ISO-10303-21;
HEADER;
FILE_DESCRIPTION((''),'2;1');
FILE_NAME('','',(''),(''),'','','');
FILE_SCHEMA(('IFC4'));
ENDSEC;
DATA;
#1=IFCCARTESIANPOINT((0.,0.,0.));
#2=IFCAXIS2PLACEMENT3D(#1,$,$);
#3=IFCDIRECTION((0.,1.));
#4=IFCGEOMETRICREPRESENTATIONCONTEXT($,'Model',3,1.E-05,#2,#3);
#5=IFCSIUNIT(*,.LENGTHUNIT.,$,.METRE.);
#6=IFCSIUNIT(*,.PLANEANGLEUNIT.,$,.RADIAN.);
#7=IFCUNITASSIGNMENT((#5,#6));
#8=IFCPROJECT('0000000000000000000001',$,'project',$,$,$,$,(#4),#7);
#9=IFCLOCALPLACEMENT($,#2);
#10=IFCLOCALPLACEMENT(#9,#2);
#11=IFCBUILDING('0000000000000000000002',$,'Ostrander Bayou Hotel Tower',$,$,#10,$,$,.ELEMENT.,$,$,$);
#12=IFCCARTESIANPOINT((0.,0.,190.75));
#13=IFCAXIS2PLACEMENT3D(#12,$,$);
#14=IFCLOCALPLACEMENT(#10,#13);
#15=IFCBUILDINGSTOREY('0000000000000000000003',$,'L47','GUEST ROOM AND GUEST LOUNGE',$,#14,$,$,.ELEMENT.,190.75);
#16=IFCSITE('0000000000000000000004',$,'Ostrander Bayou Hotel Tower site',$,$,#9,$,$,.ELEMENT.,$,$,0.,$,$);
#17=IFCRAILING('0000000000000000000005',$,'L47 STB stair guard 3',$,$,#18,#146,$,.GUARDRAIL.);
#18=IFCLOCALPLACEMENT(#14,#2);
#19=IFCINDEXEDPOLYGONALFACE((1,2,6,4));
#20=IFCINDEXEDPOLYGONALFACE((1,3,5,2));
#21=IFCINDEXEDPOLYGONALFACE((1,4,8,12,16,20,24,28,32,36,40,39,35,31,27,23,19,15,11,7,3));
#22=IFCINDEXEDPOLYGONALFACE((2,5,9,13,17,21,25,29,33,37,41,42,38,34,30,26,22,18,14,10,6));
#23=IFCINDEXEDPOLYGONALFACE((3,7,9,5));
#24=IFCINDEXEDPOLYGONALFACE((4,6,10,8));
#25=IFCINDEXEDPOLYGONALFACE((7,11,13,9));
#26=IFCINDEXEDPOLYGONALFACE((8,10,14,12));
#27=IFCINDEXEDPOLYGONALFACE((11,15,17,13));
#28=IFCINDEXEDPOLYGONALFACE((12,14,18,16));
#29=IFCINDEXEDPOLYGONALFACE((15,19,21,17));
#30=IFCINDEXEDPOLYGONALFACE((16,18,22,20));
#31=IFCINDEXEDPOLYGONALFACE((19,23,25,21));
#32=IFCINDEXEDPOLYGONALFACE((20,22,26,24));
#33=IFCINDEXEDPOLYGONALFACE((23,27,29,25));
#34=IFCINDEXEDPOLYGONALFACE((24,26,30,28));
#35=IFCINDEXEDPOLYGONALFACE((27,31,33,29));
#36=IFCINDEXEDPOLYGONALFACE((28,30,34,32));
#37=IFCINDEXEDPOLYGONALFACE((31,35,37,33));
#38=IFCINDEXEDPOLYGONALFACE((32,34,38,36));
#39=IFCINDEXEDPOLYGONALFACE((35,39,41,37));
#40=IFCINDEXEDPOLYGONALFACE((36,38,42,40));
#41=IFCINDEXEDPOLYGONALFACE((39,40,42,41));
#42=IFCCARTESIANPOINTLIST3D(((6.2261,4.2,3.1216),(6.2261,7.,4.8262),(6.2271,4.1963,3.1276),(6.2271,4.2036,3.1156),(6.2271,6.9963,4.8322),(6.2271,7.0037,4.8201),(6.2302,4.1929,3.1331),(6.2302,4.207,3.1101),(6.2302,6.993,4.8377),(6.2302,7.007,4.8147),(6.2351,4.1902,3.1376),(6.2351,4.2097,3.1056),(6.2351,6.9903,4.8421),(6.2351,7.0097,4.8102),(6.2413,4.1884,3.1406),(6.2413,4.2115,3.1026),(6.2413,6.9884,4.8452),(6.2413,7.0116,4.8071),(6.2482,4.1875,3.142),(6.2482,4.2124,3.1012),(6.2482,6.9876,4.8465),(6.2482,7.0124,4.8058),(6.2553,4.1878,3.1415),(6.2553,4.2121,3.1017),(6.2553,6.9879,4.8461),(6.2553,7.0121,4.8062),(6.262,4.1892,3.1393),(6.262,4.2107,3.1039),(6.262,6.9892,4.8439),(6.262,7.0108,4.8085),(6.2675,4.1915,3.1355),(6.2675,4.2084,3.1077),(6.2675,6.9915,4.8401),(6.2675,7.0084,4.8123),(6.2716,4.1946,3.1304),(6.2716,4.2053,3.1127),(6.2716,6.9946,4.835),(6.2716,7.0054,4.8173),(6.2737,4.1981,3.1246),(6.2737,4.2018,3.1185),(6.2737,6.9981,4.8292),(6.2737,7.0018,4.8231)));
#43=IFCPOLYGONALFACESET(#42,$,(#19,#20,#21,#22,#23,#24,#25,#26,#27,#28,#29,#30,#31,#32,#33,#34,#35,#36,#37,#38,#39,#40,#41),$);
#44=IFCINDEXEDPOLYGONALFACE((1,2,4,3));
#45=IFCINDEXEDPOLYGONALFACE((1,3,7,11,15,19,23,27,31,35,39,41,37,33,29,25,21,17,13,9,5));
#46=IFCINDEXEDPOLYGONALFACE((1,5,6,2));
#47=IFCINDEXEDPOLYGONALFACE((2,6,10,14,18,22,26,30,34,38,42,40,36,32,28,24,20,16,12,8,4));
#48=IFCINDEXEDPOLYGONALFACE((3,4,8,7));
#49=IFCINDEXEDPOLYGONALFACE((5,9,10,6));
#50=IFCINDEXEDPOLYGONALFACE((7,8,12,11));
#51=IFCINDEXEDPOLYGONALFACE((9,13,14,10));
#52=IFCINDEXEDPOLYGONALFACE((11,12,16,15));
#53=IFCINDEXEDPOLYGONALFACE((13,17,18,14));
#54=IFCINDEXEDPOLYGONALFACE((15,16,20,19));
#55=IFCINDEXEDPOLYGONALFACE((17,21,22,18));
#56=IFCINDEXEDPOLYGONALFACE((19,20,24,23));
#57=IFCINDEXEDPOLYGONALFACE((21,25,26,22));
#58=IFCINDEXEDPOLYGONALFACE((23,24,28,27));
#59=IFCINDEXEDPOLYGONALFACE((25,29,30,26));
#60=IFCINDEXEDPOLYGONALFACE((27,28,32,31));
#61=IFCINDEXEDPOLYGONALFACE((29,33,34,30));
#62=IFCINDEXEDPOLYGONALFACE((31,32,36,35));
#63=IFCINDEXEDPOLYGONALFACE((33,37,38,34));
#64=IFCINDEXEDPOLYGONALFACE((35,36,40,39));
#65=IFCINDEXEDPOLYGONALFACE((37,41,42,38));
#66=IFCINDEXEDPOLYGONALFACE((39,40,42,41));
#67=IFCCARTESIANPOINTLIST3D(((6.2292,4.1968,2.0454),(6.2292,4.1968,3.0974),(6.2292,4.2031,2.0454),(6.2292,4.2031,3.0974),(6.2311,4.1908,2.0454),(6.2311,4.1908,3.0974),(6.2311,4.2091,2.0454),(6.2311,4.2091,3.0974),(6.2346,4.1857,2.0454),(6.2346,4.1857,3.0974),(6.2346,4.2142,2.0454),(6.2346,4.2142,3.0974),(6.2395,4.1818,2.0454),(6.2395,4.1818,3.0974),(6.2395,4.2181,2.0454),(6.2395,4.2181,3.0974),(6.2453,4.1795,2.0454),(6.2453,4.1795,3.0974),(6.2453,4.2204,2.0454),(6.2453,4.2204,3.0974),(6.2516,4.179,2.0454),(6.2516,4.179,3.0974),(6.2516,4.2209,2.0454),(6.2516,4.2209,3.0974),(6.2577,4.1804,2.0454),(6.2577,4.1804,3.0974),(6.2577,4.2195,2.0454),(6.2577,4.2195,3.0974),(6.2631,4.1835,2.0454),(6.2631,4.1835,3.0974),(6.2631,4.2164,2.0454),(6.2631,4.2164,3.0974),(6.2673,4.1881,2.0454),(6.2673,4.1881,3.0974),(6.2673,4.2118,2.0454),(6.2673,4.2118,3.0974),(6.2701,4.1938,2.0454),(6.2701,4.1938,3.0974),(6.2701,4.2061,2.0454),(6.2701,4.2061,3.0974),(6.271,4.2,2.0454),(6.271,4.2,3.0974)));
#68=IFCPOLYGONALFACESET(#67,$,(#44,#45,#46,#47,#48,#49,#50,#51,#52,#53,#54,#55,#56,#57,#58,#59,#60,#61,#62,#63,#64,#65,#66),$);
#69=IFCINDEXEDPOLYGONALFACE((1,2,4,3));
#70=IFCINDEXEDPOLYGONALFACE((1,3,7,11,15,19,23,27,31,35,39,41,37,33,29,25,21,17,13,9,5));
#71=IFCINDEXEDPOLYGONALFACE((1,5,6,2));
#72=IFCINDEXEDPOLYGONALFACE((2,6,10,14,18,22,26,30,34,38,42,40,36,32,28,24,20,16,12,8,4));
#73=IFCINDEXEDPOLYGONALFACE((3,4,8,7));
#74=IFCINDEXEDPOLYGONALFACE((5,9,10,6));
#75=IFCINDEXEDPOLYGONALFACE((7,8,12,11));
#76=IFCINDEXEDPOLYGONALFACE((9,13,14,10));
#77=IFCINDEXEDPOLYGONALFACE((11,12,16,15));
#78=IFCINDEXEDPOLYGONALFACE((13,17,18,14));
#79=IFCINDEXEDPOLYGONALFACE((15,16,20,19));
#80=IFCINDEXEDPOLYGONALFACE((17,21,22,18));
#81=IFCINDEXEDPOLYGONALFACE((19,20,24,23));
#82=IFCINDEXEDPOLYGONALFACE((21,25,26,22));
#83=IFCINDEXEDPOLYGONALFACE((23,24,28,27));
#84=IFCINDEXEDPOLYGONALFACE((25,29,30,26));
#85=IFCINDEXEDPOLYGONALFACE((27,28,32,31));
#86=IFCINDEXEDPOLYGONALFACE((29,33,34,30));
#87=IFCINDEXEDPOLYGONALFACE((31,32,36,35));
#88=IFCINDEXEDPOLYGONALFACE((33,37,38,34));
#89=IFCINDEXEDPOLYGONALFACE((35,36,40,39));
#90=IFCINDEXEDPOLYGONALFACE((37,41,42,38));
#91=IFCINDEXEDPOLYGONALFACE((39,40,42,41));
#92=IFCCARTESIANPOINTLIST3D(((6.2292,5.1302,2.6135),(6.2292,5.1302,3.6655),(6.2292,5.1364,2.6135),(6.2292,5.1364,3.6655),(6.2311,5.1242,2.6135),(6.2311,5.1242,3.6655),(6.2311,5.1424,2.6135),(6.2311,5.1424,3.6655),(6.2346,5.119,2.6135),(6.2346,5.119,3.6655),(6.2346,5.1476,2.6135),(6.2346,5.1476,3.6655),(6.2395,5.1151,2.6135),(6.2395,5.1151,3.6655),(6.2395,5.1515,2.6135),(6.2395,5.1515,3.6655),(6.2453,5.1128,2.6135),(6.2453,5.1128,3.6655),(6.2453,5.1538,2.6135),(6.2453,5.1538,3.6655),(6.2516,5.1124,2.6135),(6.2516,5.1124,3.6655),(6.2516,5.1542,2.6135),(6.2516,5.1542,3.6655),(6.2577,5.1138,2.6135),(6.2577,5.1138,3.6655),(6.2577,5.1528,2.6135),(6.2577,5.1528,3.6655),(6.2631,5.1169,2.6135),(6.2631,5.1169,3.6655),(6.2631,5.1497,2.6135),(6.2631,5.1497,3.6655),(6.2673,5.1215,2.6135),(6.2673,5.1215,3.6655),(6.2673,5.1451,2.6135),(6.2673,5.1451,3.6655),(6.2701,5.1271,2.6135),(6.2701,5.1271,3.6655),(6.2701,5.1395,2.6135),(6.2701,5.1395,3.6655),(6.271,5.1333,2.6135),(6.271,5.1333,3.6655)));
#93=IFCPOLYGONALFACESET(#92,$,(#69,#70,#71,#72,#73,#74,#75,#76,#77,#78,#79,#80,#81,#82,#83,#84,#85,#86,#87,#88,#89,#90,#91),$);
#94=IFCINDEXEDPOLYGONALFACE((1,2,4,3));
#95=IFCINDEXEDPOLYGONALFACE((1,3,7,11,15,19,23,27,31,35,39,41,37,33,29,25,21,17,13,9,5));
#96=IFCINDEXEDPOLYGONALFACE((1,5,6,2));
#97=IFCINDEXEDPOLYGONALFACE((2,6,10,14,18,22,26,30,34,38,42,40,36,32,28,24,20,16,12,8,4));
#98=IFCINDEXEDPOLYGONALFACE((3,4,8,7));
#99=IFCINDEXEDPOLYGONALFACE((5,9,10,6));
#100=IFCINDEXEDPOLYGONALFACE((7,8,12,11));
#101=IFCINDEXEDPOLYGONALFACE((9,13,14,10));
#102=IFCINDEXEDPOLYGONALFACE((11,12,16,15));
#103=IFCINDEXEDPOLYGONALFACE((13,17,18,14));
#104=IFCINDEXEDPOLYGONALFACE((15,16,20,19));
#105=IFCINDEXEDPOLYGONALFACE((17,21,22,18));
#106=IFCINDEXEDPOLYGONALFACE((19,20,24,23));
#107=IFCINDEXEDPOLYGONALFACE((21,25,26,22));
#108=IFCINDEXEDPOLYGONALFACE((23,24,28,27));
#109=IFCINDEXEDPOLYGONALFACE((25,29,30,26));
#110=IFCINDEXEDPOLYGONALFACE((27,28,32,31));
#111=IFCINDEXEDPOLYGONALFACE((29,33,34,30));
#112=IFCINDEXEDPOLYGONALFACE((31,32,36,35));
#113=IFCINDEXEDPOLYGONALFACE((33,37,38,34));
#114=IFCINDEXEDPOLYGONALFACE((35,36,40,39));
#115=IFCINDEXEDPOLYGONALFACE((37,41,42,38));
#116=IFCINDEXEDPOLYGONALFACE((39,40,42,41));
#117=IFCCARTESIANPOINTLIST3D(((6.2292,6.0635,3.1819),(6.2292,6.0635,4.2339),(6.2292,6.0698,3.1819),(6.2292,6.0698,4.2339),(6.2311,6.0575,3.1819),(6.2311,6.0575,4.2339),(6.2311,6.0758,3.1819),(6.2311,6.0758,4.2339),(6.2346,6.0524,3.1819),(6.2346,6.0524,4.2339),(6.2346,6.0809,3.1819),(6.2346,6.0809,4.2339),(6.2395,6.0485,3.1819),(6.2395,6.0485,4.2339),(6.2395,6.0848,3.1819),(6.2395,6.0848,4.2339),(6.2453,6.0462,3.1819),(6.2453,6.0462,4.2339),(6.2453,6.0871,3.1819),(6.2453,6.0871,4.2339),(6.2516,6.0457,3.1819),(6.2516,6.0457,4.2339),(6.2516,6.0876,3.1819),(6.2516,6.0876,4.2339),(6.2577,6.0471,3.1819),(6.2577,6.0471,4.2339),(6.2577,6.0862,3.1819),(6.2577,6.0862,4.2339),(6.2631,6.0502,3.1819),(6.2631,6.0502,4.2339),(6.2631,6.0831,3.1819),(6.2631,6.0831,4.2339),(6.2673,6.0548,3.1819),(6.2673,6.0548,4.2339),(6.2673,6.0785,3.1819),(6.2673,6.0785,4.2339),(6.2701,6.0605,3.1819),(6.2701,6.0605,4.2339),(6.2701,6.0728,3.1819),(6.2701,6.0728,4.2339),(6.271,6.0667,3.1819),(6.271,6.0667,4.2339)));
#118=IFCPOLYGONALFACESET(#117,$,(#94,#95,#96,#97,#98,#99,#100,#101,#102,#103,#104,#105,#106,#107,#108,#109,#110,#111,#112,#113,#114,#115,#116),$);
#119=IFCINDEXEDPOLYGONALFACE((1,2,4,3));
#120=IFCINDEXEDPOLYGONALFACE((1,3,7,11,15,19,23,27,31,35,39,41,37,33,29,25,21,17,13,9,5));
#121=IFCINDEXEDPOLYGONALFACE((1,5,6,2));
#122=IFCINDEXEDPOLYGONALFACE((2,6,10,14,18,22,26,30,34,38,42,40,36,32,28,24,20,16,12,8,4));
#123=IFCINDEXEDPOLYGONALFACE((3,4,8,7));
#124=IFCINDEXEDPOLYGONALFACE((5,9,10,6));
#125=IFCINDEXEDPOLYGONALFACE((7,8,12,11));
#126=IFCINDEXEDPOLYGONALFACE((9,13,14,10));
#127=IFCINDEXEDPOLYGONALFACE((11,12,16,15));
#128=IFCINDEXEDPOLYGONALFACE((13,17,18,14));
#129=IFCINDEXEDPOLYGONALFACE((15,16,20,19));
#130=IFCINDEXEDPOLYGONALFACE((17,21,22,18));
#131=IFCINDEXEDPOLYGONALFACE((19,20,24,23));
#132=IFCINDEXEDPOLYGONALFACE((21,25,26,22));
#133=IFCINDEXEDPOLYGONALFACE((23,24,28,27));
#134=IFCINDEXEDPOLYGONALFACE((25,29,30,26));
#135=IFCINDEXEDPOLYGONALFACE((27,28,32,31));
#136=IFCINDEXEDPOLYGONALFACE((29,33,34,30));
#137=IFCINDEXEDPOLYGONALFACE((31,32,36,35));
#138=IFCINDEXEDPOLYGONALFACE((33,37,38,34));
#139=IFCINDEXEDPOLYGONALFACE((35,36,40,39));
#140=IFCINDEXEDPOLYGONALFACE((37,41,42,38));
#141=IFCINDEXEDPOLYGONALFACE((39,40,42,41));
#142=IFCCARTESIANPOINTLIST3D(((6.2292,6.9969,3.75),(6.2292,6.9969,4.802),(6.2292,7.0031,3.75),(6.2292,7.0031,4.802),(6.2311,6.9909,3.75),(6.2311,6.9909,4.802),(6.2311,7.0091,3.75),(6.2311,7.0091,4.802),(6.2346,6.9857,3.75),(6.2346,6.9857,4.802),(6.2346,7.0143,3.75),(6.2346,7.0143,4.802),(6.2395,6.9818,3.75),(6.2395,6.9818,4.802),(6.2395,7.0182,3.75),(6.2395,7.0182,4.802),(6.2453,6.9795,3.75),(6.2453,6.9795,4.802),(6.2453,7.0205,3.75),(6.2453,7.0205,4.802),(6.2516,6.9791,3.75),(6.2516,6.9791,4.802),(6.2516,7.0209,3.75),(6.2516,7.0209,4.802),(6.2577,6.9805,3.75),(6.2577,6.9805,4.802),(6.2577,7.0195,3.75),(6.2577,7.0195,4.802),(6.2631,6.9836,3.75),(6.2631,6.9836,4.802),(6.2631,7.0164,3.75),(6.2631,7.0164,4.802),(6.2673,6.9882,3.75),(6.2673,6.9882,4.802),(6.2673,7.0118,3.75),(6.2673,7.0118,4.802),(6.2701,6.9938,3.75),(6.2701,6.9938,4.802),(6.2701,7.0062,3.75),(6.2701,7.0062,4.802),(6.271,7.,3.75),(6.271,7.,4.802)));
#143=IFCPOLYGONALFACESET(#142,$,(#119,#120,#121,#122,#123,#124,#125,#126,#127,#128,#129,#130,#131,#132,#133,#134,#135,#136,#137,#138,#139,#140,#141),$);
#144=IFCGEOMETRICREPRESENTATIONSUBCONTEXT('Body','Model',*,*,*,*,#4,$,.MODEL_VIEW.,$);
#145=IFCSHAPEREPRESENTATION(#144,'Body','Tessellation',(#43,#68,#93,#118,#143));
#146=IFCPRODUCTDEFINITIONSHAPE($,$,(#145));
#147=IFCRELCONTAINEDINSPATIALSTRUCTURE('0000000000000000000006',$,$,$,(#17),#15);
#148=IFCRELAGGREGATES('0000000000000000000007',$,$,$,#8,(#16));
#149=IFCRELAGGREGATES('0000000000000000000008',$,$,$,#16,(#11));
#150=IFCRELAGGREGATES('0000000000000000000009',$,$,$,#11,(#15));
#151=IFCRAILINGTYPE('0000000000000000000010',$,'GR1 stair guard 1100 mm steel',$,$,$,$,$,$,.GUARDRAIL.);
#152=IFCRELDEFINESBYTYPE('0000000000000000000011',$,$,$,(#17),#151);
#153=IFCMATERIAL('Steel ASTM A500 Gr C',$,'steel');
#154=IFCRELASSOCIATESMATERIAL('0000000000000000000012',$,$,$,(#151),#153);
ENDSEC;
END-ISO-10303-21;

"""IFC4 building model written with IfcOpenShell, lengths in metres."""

from ifc_helpers import new_model, si_unit, direction, frame, origin, origin_2d, place, context, subcontext, project, spatial, circle, extrude, material, type_object, element, save


model = new_model("IFC4")

# Units and contexts
model_context = context("Model", 3, precision=1e-05, world=origin(), true_north=direction((0.0, 1.0)))
body_context = subcontext(model_context, "Body", "Model", "MODEL_VIEW")
ifc_project = project(units=[si_unit("LENGTHUNIT", "METRE"), si_unit("PLANEANGLEUNIT", "RADIAN")], contexts=[model_context])

# Site, building, storey
site_placement = place(None, origin())
site = spatial("IfcSite", under=ifc_project, at=site_placement, Name="Ostrander Bayou Hotel Tower site", CompositionType="ELEMENT", RefElevation=0.0)
building_placement = place(site_placement, origin())
building = spatial("IfcBuilding", under=site, at=building_placement, Name="Ostrander Bayou Hotel Tower", CompositionType="ELEMENT")
storey_placement = place(building_placement, frame((0.0, 0.0, 190.75)))
storey = spatial("IfcBuildingStorey", under=building, at=storey_placement, Name="L47", Description="GUEST ROOM AND GUEST LOUNGE", CompositionType="ELEMENT", Elevation=190.75)

# Railing
ifc_material_1 = material(Name="Steel ASTM A500 Gr C", Category="steel")
railing_type_1 = type_object("IfcRailingType", Name="GR1 stair guard 1100 mm steel", PredefinedType="GUARDRAIL", material=ifc_material_1)
railing_1_placement = place(storey_placement, frame((6.25, 4.2, 2.0454)))
element("IfcRailing", 1, at=railing_1_placement, inside=storey, type_object=railing_type_1, Name="L47 STB stair guard 3", PredefinedType="GUARDRAIL", context=body_context, shape_type="SweptSolid", body=[
    extrude(circle(Radius=0.0239, at=origin_2d()), frame((0.0, 0.0, 1.0762), z_axis=(0.0, 0.85417, 0.519994), x_axis=(-1.0, 0.0, 0.0)), (0.0, 0.0, 1.0), 3.2781),
    extrude(circle(Radius=0.021, at=origin_2d()), origin(), (0.0, 0.0, 1.0), 1.052),
    extrude(circle(Radius=0.021, at=origin_2d()), frame((0.0, 0.9333, 0.5681)), (0.0, 0.0, 1.0), 1.052),
    extrude(circle(Radius=0.021, at=origin_2d()), frame((0.0, 1.8667, 1.1365)), (0.0, 0.0, 1.0), 1.052),
    extrude(circle(Radius=0.021, at=origin_2d()), frame((0.0, 2.8, 1.7046)), (0.0, 0.0, 1.0), 1.052),
])

save(model, "model.ifc")
